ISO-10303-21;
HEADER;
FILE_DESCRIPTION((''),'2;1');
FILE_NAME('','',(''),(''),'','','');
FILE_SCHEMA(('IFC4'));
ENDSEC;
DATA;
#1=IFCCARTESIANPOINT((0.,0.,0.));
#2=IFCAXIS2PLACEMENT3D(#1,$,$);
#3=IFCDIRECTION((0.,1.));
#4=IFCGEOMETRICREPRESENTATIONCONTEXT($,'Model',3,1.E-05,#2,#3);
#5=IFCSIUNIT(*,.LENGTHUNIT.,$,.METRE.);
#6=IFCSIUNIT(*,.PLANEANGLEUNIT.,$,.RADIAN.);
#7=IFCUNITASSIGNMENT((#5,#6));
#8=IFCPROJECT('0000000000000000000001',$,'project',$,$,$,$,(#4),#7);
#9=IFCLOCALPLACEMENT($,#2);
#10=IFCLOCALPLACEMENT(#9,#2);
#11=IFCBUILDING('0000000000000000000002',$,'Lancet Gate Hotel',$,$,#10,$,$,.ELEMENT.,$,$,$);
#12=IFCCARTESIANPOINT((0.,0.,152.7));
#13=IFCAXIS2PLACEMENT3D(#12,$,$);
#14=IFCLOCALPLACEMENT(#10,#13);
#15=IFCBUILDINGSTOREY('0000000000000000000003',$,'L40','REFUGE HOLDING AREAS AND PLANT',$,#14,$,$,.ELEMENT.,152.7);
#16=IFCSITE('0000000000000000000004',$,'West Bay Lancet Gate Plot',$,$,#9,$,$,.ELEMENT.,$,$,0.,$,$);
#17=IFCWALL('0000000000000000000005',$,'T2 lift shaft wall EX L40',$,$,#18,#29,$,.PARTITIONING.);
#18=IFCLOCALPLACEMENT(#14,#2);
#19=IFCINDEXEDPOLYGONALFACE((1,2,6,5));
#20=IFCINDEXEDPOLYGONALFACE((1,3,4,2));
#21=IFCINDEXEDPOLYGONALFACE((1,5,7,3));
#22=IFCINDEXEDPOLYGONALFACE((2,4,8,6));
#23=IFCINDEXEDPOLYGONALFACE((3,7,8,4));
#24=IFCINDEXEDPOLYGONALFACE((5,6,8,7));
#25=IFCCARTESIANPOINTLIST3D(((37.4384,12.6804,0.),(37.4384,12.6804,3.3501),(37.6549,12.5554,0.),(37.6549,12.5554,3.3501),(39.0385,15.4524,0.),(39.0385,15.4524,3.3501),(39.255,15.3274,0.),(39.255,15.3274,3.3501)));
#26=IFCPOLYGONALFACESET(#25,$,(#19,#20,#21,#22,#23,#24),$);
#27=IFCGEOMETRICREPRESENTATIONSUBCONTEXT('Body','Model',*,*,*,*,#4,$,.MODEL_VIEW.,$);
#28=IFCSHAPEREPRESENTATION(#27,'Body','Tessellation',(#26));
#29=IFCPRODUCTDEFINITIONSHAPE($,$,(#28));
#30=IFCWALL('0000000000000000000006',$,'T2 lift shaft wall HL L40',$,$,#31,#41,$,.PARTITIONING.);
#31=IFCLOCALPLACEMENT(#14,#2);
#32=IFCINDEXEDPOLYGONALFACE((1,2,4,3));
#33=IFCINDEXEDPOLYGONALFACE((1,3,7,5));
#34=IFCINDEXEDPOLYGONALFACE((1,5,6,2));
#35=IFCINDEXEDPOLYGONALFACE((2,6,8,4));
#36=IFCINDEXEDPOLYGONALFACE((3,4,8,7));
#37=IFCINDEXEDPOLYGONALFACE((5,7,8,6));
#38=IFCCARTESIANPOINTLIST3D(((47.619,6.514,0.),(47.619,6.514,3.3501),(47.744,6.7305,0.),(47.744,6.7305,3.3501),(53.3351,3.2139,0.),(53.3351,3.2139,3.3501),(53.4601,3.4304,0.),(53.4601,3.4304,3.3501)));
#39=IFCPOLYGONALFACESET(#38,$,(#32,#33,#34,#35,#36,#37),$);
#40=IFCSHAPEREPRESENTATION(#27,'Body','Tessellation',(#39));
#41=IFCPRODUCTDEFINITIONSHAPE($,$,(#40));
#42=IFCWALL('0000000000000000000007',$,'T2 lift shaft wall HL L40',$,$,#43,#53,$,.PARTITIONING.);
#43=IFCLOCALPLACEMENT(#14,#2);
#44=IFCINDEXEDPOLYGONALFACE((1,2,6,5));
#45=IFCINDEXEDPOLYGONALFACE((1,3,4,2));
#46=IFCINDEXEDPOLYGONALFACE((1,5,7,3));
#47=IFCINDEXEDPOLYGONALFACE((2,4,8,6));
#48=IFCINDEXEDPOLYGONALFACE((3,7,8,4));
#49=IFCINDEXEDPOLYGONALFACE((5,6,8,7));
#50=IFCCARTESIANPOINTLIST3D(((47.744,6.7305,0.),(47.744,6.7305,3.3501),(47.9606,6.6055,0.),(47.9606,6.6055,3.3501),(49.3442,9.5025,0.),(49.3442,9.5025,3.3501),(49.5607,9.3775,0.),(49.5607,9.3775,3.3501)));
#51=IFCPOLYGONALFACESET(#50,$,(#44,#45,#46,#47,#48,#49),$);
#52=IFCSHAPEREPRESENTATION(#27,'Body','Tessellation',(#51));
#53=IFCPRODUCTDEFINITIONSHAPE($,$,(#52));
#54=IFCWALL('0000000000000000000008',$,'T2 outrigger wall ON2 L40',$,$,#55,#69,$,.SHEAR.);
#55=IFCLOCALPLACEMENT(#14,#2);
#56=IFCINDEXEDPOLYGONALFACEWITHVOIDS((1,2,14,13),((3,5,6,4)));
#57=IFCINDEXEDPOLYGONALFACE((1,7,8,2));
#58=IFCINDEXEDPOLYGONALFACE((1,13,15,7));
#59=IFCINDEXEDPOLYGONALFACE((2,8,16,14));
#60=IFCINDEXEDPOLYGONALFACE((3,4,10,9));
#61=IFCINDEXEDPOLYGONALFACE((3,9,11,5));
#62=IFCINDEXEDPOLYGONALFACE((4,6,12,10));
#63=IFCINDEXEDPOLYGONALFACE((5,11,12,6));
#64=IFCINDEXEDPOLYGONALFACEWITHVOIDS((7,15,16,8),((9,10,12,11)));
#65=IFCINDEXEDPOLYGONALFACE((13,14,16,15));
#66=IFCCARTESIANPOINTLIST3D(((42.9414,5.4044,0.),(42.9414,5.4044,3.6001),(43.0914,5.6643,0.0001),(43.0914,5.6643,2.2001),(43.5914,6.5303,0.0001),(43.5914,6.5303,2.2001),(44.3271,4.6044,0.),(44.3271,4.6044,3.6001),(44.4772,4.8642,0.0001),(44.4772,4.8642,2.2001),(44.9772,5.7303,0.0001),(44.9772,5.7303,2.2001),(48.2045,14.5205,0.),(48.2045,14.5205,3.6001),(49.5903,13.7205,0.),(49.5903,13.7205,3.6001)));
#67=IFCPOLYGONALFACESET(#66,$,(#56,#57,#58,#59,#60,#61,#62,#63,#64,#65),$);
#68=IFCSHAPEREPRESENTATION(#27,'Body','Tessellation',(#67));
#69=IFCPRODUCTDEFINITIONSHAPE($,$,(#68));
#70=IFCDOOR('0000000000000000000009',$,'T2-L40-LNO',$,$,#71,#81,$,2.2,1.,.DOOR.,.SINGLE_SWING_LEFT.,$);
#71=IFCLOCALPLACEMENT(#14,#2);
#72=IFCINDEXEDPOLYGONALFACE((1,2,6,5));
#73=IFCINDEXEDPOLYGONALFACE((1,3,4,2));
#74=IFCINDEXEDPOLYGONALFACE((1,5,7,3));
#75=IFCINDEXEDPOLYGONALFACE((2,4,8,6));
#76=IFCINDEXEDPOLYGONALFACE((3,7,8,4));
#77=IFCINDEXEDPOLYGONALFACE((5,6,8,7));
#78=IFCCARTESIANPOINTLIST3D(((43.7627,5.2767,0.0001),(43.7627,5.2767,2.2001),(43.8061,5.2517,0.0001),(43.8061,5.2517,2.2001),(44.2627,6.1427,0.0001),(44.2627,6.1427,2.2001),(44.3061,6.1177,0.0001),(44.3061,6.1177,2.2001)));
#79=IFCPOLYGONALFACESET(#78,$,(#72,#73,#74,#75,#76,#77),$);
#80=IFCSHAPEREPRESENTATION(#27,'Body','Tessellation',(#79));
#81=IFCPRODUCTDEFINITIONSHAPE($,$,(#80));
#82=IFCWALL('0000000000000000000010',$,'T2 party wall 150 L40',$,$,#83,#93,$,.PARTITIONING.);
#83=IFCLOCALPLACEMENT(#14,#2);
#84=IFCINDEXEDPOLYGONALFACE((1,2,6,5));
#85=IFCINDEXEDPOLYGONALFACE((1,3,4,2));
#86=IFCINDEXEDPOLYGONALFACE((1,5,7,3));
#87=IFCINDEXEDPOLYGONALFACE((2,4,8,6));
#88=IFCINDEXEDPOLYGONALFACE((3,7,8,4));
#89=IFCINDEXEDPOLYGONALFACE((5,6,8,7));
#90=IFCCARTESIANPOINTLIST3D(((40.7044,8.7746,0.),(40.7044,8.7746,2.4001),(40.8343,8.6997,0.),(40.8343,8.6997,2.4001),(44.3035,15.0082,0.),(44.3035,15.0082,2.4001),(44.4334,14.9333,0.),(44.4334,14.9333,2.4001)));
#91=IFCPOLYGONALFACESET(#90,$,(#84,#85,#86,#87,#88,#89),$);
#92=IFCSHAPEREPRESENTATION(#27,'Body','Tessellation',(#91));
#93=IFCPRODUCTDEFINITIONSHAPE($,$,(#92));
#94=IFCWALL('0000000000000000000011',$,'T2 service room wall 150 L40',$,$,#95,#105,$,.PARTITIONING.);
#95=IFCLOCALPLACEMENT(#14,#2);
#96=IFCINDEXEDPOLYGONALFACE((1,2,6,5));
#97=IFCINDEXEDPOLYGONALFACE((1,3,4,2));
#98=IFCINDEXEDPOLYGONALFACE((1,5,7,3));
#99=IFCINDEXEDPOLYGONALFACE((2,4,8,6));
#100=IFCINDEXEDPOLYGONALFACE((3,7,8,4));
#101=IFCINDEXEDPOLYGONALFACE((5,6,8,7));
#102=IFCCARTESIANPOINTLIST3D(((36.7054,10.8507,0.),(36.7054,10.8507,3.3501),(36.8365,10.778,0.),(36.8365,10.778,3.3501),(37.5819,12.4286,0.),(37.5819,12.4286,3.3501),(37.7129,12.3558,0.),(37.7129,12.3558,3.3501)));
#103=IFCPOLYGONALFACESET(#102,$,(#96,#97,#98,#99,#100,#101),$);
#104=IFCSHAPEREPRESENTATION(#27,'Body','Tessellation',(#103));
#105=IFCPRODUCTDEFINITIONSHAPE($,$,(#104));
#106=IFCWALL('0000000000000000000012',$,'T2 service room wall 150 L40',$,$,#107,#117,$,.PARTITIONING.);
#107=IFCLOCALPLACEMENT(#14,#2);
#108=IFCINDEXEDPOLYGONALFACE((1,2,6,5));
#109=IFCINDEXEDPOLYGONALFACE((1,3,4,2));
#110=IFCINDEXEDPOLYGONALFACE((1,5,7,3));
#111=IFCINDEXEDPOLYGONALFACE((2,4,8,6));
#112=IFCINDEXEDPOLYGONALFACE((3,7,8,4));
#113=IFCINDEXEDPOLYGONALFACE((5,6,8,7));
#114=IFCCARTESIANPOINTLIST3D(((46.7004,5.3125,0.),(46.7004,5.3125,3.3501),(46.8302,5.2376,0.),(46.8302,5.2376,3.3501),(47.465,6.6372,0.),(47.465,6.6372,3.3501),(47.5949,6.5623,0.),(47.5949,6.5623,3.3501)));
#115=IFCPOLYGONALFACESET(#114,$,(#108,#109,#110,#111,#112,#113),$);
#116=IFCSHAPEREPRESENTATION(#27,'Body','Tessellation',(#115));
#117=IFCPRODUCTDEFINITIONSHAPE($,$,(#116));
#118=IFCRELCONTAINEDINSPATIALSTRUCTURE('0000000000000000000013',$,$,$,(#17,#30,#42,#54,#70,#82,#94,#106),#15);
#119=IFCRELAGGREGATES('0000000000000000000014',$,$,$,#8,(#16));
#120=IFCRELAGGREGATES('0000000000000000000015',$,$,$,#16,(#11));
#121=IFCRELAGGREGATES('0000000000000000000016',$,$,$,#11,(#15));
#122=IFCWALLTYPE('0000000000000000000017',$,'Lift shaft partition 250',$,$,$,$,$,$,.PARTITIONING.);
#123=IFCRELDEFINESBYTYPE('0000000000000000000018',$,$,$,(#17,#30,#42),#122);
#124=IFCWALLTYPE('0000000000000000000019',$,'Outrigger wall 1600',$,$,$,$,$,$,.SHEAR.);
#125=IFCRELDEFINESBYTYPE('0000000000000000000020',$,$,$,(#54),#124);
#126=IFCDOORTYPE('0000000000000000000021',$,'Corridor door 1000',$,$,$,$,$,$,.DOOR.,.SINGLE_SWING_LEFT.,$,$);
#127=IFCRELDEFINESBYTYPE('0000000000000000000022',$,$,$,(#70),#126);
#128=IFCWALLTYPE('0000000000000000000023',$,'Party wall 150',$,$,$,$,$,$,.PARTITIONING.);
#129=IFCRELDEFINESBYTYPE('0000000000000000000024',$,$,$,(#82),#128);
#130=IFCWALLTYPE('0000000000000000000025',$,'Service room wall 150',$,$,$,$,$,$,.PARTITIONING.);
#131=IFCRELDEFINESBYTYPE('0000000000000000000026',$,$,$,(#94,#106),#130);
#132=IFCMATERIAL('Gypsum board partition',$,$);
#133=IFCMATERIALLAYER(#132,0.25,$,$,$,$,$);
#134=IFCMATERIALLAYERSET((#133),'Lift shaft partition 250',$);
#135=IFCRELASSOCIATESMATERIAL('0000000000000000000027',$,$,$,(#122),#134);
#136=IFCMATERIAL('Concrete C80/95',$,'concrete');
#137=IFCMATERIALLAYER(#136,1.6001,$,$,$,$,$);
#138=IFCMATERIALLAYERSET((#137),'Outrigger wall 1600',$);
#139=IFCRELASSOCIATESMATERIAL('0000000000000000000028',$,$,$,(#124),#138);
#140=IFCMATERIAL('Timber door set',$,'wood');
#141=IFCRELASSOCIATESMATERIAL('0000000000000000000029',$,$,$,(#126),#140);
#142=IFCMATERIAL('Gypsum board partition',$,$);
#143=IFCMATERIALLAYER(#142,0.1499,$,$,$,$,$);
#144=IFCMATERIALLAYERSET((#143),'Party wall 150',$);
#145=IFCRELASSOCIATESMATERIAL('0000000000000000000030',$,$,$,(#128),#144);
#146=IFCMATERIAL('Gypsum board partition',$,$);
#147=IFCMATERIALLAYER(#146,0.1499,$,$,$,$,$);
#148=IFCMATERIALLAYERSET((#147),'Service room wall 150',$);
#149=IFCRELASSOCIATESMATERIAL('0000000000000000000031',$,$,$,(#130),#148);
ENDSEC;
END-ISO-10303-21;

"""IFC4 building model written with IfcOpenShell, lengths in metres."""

from ifc_helpers import new_model, si_unit, direction, frame, frame_2d, origin, place, context, subcontext, project, spatial, rectangle, extrude, material, layer, layer_set, type_object, element, fill, save


model = new_model("IFC4")

# Units and contexts
model_context = context("Model", 3, precision=1e-05, world=origin(), true_north=direction((0.0, 1.0)))
body_context = subcontext(model_context, "Body", "Model", "MODEL_VIEW")
ifc_project = project(units=[si_unit("LENGTHUNIT", "METRE"), si_unit("PLANEANGLEUNIT", "RADIAN")], contexts=[model_context])

# Site, building, storey
site_placement = place(None, origin())
site = spatial("IfcSite", under=ifc_project, at=site_placement, Name="West Bay Lancet Gate Plot", CompositionType="ELEMENT", RefElevation=0.0)
building_placement = place(site_placement, origin())
building = spatial("IfcBuilding", under=site, at=building_placement, Name="Lancet Gate Hotel", CompositionType="ELEMENT")
storey_placement = place(building_placement, frame((0.0, 0.0, 152.7)))
storey = spatial("IfcBuildingStorey", under=building, at=storey_placement, Name="L40", Description="REFUGE HOLDING AREAS AND PLANT", CompositionType="ELEMENT", Elevation=152.7)

# Walls
ifc_material_1 = material(Name="Gypsum board partition")
ifc_layer_1 = layer(ifc_material_1, 0.25)
ifc_layer_set_1 = layer_set([ifc_layer_1], Name="Lift shaft partition 250")
wall_type_1 = type_object("IfcWallType", Name="Lift shaft partition 250", PredefinedType="PARTITIONING", material=ifc_layer_set_1)
wall_1_placement = place(storey_placement, frame((37.5466, 12.6179, 0.0), z_axis=(0.0, 0.0, 1.0), x_axis=(0.499929, 0.866066, 0.0)))
element("IfcWall", 1, at=wall_1_placement, inside=storey, type_object=wall_type_1, Name="T2 lift shaft wall EX L40", PredefinedType="PARTITIONING", context=body_context, shape_type="SweptSolid", body=[
    extrude(rectangle(XDim=3.2007, YDim=0.25, at=frame_2d((1.6003, 0.0))), origin(), (0.0, 0.0, 1.0), 3.3501),
])
wall_2_placement = place(storey_placement, frame((47.6814, 6.6223, 0.0), z_axis=(0.0, 0.0, 1.0), x_axis=(0.866033, -0.499986, 0.0)))
element("IfcWall", 2, at=wall_2_placement, inside=storey, type_object=wall_type_1, Name="T2 lift shaft wall HL L40", PredefinedType="PARTITIONING", context=body_context, shape_type="SweptSolid", body=[
    extrude(rectangle(XDim=6.6003, YDim=0.25, at=frame_2d((3.3003, 0.0))), origin(), (0.0, 0.0, 1.0), 3.3501),
])
wall_3_placement = place(storey_placement, frame((47.8523, 6.668, 0.0), z_axis=(0.0, 0.0, 1.0), x_axis=(0.499929, 0.866066, 0.0)))
element("IfcWall", 3, at=wall_3_placement, inside=storey, type_object=wall_type_1, Name="T2 lift shaft wall HL L40", PredefinedType="PARTITIONING", context=body_context, shape_type="SweptSolid", body=[
    extrude(rectangle(XDim=3.2007, YDim=0.25, at=frame_2d((1.6003, 0.0))), origin(), (0.0, 0.0, 1.0), 3.3501),
])

# Wall, opening, door
ifc_material_2 = material(Name="Concrete C80/95", Category="concrete")
ifc_layer_2 = layer(ifc_material_2, 1.6001)
ifc_layer_set_2 = layer_set([ifc_layer_2], Name="Outrigger wall 1600")
wall_type_2 = type_object("IfcWallType", Name="Outrigger wall 1600", PredefinedType="SHEAR", material=ifc_layer_set_2)
wall_4_placement = place(storey_placement, frame((43.6343, 5.0044, 0.0), z_axis=(0.0, 0.0, 1.0), x_axis=(0.499995, 0.866028, 0.0)))
wall_4 = element("IfcWall", 4, at=wall_4_placement, inside=storey, type_object=wall_type_2, Name="T2 outrigger wall ON2 L40", PredefinedType="SHEAR", context=body_context, shape_type="SweptSolid", body=[
    extrude(rectangle(XDim=10.5264, YDim=1.6001, at=frame_2d((5.2632, 0.0))), origin(), (0.0, 0.0, 1.0), 3.6001),
])
opening_1_placement = place(wall_4_placement, frame((0.3, 0.0, 0.0)))
opening_1 = element("IfcOpeningElement", 5, at=opening_1_placement, cuts=wall_4, PredefinedType="OPENING", context=body_context, shape_type="SweptSolid", body=[
    extrude(rectangle(XDim=1.0, YDim=2.2, at=frame_2d((0.5, 1.1001))), frame((0.0, 0.8101, 0.0), z_axis=(0.0, -1.0, 0.0), x_axis=(1.0, 0.0, 0.0)), (0.0, 0.0, 1.0), 1.6201),
])
ifc_material_3 = material(Name="Timber door set", Category="wood")
door_type_1 = type_object("IfcDoorType", Name="Corridor door 1000", OperationType="SINGLE_SWING_LEFT", PredefinedType="DOOR", material=ifc_material_3)
door_1_placement = place(opening_1_placement, origin())
door_1 = element("IfcDoor", 6, at=door_1_placement, inside=storey, type_object=door_type_1, Name="T2-L40-LNO", OperationType="SINGLE_SWING_LEFT", OverallHeight=2.2, OverallWidth=1.0, PredefinedType="DOOR", context=body_context, shape_type="SweptSolid", body=[
    extrude(rectangle(XDim=1.0, YDim=2.2, at=frame_2d((0.5, 1.1001))), frame((0.0, 0.0249, 0.0), z_axis=(0.0, -1.0, 0.0), x_axis=(1.0, 0.0, 0.0)), (0.0, 0.0, 1.0), 0.05),
])
fill(opening_1, door_1)

# Walls
ifc_material_4 = material(Name="Gypsum board partition")
ifc_layer_3 = layer(ifc_material_4, 0.1499)
ifc_layer_set_3 = layer_set([ifc_layer_3], Name="Party wall 150")
wall_type_3 = type_object("IfcWallType", Name="Party wall 150", PredefinedType="PARTITIONING", material=ifc_layer_set_3)
wall_5_placement = place(storey_placement, frame((40.7693, 8.7371, 0.0), z_axis=(0.0, 0.0, 1.0), x_axis=(0.500013, 0.866018, 0.0)))
element("IfcWall", 7, at=wall_5_placement, inside=storey, type_object=wall_type_3, Name="T2 party wall 150 L40", PredefinedType="PARTITIONING", context=body_context, shape_type="SweptSolid", body=[
    extrude(rectangle(XDim=7.198, YDim=0.1499, at=frame_2d((3.5991, 0.0))), origin(), (0.0, 0.0, 1.0), 2.4001),
])
ifc_material_5 = material(Name="Gypsum board partition")
ifc_layer_4 = layer(ifc_material_5, 0.1499)
ifc_layer_set_4 = layer_set([ifc_layer_4], Name="Service room wall 150")
wall_type_4 = type_object("IfcWallType", Name="Service room wall 150", PredefinedType="PARTITIONING", material=ifc_layer_set_4)
wall_6_placement = place(storey_placement, frame((36.771, 10.8145, 0.0), z_axis=(0.0, 0.0, 1.0), x_axis=(0.485586, 0.874189, 0.0)))
element("IfcWall", 8, at=wall_6_placement, inside=storey, type_object=wall_type_4, Name="T2 service room wall 150 L40", PredefinedType="PARTITIONING", context=body_context, shape_type="SweptSolid", body=[
    extrude(rectangle(XDim=1.8049, YDim=0.1499, at=frame_2d((0.9023, 0.0))), origin(), (0.0, 0.0, 1.0), 3.3501),
])
wall_7_placement = place(storey_placement, frame((46.7654, 5.2751, 0.0), z_axis=(0.0, 0.0, 1.0), x_axis=(0.499916, 0.866074, 0.0)))
element("IfcWall", 9, at=wall_7_placement, inside=storey, type_object=wall_type_4, Name="T2 service room wall 150 L40", PredefinedType="PARTITIONING", context=body_context, shape_type="SweptSolid", body=[
    extrude(rectangle(XDim=1.5295, YDim=0.1499, at=frame_2d((0.7646, 0.0))), origin(), (0.0, 0.0, 1.0), 3.3501),
])

save(model, "model.ifc")
